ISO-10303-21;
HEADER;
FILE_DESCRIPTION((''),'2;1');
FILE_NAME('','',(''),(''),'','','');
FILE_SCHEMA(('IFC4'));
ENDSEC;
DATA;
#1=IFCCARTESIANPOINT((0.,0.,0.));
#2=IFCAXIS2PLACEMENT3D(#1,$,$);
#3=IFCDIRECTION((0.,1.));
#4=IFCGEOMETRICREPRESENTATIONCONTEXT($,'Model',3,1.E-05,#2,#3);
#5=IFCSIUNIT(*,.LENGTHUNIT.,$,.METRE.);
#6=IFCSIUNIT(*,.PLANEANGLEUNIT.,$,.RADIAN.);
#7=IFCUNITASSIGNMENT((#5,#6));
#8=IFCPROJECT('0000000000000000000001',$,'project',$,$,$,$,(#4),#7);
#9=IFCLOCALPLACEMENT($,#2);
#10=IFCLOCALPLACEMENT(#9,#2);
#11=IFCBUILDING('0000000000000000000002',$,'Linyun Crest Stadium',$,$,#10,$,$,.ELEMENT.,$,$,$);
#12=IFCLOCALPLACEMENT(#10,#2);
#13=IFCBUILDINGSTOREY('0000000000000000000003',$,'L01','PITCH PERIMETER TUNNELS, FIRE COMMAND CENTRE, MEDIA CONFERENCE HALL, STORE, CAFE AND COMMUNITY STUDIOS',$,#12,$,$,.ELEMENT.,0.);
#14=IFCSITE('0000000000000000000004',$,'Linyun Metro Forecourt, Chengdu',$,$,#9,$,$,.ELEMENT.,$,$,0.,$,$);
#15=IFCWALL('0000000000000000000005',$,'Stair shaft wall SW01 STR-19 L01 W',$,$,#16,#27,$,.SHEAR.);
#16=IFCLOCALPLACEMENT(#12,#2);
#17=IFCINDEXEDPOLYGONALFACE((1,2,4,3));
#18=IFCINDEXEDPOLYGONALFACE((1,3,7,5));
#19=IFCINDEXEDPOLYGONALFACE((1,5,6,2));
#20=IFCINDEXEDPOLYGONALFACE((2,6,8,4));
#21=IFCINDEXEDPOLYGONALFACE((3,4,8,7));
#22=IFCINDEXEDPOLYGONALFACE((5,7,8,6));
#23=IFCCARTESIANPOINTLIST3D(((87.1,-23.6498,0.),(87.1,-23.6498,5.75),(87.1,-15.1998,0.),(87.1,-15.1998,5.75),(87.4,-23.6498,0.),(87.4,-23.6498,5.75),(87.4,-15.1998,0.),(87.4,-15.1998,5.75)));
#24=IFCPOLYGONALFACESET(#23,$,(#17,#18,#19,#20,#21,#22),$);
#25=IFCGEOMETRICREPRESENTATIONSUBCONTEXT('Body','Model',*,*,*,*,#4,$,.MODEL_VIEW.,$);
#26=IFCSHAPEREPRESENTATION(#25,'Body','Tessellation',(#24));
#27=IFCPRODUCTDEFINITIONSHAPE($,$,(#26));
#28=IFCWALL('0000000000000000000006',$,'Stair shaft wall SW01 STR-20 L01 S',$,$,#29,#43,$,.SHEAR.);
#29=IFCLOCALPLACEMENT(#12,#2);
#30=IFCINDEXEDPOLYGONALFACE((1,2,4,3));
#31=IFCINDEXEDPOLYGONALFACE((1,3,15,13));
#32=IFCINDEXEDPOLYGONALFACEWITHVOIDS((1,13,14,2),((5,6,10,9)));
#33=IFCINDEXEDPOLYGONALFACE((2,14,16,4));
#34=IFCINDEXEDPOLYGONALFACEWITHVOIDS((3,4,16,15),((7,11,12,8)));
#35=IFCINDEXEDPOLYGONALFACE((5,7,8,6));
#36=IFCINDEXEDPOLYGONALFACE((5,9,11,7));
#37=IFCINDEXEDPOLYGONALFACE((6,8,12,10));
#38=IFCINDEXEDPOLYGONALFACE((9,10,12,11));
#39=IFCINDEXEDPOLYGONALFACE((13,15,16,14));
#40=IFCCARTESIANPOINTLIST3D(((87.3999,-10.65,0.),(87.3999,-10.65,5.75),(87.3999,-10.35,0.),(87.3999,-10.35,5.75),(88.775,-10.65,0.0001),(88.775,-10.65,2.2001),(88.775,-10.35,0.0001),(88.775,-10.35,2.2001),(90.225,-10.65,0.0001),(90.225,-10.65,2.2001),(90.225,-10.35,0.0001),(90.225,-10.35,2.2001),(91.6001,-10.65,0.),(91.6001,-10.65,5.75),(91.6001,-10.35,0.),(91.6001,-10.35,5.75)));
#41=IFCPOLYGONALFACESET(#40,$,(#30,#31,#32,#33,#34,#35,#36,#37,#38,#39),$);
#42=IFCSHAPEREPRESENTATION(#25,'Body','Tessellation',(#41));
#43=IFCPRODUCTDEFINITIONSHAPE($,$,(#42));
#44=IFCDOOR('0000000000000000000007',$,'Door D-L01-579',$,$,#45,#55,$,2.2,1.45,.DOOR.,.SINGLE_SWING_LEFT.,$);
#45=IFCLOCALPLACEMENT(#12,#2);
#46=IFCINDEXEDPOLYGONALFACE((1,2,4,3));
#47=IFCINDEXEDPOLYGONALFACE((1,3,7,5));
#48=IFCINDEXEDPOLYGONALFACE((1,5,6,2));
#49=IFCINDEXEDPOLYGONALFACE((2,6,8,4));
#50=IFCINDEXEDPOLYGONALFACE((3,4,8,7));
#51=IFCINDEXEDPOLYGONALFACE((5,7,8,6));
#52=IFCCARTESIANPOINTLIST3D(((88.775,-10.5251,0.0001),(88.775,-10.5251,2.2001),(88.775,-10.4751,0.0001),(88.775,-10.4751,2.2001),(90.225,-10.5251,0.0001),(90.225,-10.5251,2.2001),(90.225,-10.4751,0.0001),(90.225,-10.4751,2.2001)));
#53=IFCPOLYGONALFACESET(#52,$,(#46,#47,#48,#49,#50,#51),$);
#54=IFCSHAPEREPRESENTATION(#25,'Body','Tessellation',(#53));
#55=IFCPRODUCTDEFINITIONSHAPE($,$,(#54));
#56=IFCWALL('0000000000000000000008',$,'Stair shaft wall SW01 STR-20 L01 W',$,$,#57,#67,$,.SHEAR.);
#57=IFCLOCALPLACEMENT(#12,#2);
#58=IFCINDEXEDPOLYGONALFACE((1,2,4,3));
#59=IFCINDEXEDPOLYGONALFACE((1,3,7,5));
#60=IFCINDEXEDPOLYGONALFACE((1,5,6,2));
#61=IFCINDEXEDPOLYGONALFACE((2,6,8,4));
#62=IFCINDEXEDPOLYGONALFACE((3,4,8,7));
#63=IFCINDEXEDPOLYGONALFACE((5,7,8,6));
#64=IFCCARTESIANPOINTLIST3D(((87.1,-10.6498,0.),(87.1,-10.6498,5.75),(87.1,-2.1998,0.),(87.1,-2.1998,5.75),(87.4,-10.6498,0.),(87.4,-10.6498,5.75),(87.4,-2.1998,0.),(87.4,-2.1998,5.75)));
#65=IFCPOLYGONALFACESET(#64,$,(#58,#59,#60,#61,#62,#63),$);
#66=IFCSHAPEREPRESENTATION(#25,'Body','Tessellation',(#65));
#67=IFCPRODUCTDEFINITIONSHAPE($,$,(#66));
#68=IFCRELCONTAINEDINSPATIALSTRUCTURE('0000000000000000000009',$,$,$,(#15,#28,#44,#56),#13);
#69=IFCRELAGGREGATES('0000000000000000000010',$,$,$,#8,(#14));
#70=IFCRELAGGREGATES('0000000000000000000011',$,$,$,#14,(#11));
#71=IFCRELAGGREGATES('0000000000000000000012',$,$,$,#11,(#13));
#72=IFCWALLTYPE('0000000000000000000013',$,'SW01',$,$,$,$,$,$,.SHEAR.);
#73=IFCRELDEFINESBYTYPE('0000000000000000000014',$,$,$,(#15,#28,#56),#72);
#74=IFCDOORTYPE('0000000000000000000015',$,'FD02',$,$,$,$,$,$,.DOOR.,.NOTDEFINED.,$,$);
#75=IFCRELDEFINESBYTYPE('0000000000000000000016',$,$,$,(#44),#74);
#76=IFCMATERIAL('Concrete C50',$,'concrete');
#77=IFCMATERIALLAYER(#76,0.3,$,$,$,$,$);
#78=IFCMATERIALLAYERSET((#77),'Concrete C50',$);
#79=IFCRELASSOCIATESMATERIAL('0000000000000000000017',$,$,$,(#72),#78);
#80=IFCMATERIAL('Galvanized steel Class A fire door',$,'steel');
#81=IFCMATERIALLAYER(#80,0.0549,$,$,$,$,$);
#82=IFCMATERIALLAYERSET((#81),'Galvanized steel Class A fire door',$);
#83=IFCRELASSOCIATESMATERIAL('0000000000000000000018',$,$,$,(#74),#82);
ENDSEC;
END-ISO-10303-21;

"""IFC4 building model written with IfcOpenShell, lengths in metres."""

from ifc_helpers import new_model, si_unit, direction, frame, frame_2d, origin, place, context, subcontext, project, spatial, rectangle, extrude, material, layer, layer_set, type_object, element, fill, save


model = new_model("IFC4")

# Units and contexts
model_context = context("Model", 3, precision=1e-05, world=origin(), true_north=direction((0.0, 1.0)))
body_context = subcontext(model_context, "Body", "Model", "MODEL_VIEW")
ifc_project = project(units=[si_unit("LENGTHUNIT", "METRE"), si_unit("PLANEANGLEUNIT", "RADIAN")], contexts=[model_context])

# Site, building, storey
site_placement = place(None, origin())
site = spatial("IfcSite", under=ifc_project, at=site_placement, Name="Linyun Metro Forecourt, Chengdu", CompositionType="ELEMENT", RefElevation=0.0)
building_placement = place(site_placement, origin())
building = spatial("IfcBuilding", under=site, at=building_placement, Name="Linyun Crest Stadium", CompositionType="ELEMENT")
storey_placement = place(building_placement, origin())
storey = spatial("IfcBuildingStorey", under=building, at=storey_placement, Name="L01", Description="PITCH PERIMETER TUNNELS, FIRE COMMAND CENTRE, MEDIA CONFERENCE HALL, STORE, CAFE AND COMMUNITY STUDIOS", CompositionType="ELEMENT", Elevation=0.0)

# Shared definitions
ifc_material_1 = material(Name="Concrete C50", Category="concrete")
ifc_layer_1 = layer(ifc_material_1, 0.3)
ifc_layer_set_1 = layer_set([ifc_layer_1], Name="Concrete C50")
wall_type_1 = type_object("IfcWallType", Name="SW01", PredefinedType="SHEAR", material=ifc_layer_set_1)
ifc_material_2 = material(Name="Galvanized steel Class A fire door", Category="steel")
ifc_layer_2 = layer(ifc_material_2, 0.0549)
ifc_layer_set_2 = layer_set([ifc_layer_2], Name="Galvanized steel Class A fire door")
door_type_1 = type_object("IfcDoorType", Name="FD02", OperationType="NOTDEFINED", PredefinedType="DOOR", material=ifc_layer_set_2)

# Wall
wall_1_placement = place(storey_placement, frame((87.25, -23.6499, 0.0), z_axis=(0.0, 0.0, 1.0), x_axis=(0.0, 1.0, 0.0)))
element("IfcWall", 1, at=wall_1_placement, inside=storey, type_object=wall_type_1, Name="Stair shaft wall SW01 STR-19 L01 W", PredefinedType="SHEAR", context=body_context, shape_type="SweptSolid", body=[
    extrude(rectangle(XDim=8.45, YDim=0.3, at=frame_2d((4.2251, 0.0))), origin(), (0.0, 0.0, 1.0), 5.75),
])

# Wall, opening, door
wall_2_placement = place(storey_placement, frame((87.3999, -10.5, 0.0), z_axis=(0.0, 0.0, 1.0), x_axis=(1.0, 0.0, 0.0)))
wall_2 = element("IfcWall", 2, at=wall_2_placement, inside=storey, type_object=wall_type_1, Name="Stair shaft wall SW01 STR-20 L01 S", PredefinedType="SHEAR", context=body_context, shape_type="SweptSolid", body=[
    extrude(rectangle(XDim=4.2002, YDim=0.3, at=frame_2d((2.1001, 0.0))), origin(), (0.0, 0.0, 1.0), 5.75),
])
opening_1_placement = place(wall_2_placement, frame((1.375, 0.0, 0.0)))
opening_1 = element("IfcOpeningElement", 3, at=opening_1_placement, cuts=wall_2, PredefinedType="OPENING", context=body_context, shape_type="SweptSolid", body=[
    extrude(rectangle(XDim=1.45, YDim=2.2, at=frame_2d((0.7251, 1.1001))), frame((0.0, 0.1599, 0.0), z_axis=(0.0, -1.0, 0.0), x_axis=(1.0, 0.0, 0.0)), (0.0, 0.0, 1.0), 0.3201),
])
door_1_placement = place(opening_1_placement, origin())
door_1 = element("IfcDoor", 4, at=door_1_placement, inside=storey, type_object=door_type_1, Name="Door D-L01-579", OperationType="SINGLE_SWING_LEFT", OverallHeight=2.2, OverallWidth=1.45, PredefinedType="DOOR", context=body_context, shape_type="SweptSolid", body=[
    extrude(rectangle(XDim=1.45, YDim=2.2, at=frame_2d((0.7251, 1.1001))), frame((0.0, 0.0249, 0.0), z_axis=(0.0, -1.0, 0.0), x_axis=(1.0, 0.0, 0.0)), (0.0, 0.0, 1.0), 0.05),
])
fill(opening_1, door_1)

# Wall
wall_3_placement = place(storey_placement, frame((87.25, -10.6499, 0.0), z_axis=(0.0, 0.0, 1.0), x_axis=(0.0, 1.0, 0.0)))
element("IfcWall", 5, at=wall_3_placement, inside=storey, type_object=wall_type_1, Name="Stair shaft wall SW01 STR-20 L01 W", PredefinedType="SHEAR", context=body_context, shape_type="SweptSolid", body=[
    extrude(rectangle(XDim=8.45, YDim=0.3, at=frame_2d((4.2251, 0.0))), origin(), (0.0, 0.0, 1.0), 5.75),
])

save(model, "model.ifc")
